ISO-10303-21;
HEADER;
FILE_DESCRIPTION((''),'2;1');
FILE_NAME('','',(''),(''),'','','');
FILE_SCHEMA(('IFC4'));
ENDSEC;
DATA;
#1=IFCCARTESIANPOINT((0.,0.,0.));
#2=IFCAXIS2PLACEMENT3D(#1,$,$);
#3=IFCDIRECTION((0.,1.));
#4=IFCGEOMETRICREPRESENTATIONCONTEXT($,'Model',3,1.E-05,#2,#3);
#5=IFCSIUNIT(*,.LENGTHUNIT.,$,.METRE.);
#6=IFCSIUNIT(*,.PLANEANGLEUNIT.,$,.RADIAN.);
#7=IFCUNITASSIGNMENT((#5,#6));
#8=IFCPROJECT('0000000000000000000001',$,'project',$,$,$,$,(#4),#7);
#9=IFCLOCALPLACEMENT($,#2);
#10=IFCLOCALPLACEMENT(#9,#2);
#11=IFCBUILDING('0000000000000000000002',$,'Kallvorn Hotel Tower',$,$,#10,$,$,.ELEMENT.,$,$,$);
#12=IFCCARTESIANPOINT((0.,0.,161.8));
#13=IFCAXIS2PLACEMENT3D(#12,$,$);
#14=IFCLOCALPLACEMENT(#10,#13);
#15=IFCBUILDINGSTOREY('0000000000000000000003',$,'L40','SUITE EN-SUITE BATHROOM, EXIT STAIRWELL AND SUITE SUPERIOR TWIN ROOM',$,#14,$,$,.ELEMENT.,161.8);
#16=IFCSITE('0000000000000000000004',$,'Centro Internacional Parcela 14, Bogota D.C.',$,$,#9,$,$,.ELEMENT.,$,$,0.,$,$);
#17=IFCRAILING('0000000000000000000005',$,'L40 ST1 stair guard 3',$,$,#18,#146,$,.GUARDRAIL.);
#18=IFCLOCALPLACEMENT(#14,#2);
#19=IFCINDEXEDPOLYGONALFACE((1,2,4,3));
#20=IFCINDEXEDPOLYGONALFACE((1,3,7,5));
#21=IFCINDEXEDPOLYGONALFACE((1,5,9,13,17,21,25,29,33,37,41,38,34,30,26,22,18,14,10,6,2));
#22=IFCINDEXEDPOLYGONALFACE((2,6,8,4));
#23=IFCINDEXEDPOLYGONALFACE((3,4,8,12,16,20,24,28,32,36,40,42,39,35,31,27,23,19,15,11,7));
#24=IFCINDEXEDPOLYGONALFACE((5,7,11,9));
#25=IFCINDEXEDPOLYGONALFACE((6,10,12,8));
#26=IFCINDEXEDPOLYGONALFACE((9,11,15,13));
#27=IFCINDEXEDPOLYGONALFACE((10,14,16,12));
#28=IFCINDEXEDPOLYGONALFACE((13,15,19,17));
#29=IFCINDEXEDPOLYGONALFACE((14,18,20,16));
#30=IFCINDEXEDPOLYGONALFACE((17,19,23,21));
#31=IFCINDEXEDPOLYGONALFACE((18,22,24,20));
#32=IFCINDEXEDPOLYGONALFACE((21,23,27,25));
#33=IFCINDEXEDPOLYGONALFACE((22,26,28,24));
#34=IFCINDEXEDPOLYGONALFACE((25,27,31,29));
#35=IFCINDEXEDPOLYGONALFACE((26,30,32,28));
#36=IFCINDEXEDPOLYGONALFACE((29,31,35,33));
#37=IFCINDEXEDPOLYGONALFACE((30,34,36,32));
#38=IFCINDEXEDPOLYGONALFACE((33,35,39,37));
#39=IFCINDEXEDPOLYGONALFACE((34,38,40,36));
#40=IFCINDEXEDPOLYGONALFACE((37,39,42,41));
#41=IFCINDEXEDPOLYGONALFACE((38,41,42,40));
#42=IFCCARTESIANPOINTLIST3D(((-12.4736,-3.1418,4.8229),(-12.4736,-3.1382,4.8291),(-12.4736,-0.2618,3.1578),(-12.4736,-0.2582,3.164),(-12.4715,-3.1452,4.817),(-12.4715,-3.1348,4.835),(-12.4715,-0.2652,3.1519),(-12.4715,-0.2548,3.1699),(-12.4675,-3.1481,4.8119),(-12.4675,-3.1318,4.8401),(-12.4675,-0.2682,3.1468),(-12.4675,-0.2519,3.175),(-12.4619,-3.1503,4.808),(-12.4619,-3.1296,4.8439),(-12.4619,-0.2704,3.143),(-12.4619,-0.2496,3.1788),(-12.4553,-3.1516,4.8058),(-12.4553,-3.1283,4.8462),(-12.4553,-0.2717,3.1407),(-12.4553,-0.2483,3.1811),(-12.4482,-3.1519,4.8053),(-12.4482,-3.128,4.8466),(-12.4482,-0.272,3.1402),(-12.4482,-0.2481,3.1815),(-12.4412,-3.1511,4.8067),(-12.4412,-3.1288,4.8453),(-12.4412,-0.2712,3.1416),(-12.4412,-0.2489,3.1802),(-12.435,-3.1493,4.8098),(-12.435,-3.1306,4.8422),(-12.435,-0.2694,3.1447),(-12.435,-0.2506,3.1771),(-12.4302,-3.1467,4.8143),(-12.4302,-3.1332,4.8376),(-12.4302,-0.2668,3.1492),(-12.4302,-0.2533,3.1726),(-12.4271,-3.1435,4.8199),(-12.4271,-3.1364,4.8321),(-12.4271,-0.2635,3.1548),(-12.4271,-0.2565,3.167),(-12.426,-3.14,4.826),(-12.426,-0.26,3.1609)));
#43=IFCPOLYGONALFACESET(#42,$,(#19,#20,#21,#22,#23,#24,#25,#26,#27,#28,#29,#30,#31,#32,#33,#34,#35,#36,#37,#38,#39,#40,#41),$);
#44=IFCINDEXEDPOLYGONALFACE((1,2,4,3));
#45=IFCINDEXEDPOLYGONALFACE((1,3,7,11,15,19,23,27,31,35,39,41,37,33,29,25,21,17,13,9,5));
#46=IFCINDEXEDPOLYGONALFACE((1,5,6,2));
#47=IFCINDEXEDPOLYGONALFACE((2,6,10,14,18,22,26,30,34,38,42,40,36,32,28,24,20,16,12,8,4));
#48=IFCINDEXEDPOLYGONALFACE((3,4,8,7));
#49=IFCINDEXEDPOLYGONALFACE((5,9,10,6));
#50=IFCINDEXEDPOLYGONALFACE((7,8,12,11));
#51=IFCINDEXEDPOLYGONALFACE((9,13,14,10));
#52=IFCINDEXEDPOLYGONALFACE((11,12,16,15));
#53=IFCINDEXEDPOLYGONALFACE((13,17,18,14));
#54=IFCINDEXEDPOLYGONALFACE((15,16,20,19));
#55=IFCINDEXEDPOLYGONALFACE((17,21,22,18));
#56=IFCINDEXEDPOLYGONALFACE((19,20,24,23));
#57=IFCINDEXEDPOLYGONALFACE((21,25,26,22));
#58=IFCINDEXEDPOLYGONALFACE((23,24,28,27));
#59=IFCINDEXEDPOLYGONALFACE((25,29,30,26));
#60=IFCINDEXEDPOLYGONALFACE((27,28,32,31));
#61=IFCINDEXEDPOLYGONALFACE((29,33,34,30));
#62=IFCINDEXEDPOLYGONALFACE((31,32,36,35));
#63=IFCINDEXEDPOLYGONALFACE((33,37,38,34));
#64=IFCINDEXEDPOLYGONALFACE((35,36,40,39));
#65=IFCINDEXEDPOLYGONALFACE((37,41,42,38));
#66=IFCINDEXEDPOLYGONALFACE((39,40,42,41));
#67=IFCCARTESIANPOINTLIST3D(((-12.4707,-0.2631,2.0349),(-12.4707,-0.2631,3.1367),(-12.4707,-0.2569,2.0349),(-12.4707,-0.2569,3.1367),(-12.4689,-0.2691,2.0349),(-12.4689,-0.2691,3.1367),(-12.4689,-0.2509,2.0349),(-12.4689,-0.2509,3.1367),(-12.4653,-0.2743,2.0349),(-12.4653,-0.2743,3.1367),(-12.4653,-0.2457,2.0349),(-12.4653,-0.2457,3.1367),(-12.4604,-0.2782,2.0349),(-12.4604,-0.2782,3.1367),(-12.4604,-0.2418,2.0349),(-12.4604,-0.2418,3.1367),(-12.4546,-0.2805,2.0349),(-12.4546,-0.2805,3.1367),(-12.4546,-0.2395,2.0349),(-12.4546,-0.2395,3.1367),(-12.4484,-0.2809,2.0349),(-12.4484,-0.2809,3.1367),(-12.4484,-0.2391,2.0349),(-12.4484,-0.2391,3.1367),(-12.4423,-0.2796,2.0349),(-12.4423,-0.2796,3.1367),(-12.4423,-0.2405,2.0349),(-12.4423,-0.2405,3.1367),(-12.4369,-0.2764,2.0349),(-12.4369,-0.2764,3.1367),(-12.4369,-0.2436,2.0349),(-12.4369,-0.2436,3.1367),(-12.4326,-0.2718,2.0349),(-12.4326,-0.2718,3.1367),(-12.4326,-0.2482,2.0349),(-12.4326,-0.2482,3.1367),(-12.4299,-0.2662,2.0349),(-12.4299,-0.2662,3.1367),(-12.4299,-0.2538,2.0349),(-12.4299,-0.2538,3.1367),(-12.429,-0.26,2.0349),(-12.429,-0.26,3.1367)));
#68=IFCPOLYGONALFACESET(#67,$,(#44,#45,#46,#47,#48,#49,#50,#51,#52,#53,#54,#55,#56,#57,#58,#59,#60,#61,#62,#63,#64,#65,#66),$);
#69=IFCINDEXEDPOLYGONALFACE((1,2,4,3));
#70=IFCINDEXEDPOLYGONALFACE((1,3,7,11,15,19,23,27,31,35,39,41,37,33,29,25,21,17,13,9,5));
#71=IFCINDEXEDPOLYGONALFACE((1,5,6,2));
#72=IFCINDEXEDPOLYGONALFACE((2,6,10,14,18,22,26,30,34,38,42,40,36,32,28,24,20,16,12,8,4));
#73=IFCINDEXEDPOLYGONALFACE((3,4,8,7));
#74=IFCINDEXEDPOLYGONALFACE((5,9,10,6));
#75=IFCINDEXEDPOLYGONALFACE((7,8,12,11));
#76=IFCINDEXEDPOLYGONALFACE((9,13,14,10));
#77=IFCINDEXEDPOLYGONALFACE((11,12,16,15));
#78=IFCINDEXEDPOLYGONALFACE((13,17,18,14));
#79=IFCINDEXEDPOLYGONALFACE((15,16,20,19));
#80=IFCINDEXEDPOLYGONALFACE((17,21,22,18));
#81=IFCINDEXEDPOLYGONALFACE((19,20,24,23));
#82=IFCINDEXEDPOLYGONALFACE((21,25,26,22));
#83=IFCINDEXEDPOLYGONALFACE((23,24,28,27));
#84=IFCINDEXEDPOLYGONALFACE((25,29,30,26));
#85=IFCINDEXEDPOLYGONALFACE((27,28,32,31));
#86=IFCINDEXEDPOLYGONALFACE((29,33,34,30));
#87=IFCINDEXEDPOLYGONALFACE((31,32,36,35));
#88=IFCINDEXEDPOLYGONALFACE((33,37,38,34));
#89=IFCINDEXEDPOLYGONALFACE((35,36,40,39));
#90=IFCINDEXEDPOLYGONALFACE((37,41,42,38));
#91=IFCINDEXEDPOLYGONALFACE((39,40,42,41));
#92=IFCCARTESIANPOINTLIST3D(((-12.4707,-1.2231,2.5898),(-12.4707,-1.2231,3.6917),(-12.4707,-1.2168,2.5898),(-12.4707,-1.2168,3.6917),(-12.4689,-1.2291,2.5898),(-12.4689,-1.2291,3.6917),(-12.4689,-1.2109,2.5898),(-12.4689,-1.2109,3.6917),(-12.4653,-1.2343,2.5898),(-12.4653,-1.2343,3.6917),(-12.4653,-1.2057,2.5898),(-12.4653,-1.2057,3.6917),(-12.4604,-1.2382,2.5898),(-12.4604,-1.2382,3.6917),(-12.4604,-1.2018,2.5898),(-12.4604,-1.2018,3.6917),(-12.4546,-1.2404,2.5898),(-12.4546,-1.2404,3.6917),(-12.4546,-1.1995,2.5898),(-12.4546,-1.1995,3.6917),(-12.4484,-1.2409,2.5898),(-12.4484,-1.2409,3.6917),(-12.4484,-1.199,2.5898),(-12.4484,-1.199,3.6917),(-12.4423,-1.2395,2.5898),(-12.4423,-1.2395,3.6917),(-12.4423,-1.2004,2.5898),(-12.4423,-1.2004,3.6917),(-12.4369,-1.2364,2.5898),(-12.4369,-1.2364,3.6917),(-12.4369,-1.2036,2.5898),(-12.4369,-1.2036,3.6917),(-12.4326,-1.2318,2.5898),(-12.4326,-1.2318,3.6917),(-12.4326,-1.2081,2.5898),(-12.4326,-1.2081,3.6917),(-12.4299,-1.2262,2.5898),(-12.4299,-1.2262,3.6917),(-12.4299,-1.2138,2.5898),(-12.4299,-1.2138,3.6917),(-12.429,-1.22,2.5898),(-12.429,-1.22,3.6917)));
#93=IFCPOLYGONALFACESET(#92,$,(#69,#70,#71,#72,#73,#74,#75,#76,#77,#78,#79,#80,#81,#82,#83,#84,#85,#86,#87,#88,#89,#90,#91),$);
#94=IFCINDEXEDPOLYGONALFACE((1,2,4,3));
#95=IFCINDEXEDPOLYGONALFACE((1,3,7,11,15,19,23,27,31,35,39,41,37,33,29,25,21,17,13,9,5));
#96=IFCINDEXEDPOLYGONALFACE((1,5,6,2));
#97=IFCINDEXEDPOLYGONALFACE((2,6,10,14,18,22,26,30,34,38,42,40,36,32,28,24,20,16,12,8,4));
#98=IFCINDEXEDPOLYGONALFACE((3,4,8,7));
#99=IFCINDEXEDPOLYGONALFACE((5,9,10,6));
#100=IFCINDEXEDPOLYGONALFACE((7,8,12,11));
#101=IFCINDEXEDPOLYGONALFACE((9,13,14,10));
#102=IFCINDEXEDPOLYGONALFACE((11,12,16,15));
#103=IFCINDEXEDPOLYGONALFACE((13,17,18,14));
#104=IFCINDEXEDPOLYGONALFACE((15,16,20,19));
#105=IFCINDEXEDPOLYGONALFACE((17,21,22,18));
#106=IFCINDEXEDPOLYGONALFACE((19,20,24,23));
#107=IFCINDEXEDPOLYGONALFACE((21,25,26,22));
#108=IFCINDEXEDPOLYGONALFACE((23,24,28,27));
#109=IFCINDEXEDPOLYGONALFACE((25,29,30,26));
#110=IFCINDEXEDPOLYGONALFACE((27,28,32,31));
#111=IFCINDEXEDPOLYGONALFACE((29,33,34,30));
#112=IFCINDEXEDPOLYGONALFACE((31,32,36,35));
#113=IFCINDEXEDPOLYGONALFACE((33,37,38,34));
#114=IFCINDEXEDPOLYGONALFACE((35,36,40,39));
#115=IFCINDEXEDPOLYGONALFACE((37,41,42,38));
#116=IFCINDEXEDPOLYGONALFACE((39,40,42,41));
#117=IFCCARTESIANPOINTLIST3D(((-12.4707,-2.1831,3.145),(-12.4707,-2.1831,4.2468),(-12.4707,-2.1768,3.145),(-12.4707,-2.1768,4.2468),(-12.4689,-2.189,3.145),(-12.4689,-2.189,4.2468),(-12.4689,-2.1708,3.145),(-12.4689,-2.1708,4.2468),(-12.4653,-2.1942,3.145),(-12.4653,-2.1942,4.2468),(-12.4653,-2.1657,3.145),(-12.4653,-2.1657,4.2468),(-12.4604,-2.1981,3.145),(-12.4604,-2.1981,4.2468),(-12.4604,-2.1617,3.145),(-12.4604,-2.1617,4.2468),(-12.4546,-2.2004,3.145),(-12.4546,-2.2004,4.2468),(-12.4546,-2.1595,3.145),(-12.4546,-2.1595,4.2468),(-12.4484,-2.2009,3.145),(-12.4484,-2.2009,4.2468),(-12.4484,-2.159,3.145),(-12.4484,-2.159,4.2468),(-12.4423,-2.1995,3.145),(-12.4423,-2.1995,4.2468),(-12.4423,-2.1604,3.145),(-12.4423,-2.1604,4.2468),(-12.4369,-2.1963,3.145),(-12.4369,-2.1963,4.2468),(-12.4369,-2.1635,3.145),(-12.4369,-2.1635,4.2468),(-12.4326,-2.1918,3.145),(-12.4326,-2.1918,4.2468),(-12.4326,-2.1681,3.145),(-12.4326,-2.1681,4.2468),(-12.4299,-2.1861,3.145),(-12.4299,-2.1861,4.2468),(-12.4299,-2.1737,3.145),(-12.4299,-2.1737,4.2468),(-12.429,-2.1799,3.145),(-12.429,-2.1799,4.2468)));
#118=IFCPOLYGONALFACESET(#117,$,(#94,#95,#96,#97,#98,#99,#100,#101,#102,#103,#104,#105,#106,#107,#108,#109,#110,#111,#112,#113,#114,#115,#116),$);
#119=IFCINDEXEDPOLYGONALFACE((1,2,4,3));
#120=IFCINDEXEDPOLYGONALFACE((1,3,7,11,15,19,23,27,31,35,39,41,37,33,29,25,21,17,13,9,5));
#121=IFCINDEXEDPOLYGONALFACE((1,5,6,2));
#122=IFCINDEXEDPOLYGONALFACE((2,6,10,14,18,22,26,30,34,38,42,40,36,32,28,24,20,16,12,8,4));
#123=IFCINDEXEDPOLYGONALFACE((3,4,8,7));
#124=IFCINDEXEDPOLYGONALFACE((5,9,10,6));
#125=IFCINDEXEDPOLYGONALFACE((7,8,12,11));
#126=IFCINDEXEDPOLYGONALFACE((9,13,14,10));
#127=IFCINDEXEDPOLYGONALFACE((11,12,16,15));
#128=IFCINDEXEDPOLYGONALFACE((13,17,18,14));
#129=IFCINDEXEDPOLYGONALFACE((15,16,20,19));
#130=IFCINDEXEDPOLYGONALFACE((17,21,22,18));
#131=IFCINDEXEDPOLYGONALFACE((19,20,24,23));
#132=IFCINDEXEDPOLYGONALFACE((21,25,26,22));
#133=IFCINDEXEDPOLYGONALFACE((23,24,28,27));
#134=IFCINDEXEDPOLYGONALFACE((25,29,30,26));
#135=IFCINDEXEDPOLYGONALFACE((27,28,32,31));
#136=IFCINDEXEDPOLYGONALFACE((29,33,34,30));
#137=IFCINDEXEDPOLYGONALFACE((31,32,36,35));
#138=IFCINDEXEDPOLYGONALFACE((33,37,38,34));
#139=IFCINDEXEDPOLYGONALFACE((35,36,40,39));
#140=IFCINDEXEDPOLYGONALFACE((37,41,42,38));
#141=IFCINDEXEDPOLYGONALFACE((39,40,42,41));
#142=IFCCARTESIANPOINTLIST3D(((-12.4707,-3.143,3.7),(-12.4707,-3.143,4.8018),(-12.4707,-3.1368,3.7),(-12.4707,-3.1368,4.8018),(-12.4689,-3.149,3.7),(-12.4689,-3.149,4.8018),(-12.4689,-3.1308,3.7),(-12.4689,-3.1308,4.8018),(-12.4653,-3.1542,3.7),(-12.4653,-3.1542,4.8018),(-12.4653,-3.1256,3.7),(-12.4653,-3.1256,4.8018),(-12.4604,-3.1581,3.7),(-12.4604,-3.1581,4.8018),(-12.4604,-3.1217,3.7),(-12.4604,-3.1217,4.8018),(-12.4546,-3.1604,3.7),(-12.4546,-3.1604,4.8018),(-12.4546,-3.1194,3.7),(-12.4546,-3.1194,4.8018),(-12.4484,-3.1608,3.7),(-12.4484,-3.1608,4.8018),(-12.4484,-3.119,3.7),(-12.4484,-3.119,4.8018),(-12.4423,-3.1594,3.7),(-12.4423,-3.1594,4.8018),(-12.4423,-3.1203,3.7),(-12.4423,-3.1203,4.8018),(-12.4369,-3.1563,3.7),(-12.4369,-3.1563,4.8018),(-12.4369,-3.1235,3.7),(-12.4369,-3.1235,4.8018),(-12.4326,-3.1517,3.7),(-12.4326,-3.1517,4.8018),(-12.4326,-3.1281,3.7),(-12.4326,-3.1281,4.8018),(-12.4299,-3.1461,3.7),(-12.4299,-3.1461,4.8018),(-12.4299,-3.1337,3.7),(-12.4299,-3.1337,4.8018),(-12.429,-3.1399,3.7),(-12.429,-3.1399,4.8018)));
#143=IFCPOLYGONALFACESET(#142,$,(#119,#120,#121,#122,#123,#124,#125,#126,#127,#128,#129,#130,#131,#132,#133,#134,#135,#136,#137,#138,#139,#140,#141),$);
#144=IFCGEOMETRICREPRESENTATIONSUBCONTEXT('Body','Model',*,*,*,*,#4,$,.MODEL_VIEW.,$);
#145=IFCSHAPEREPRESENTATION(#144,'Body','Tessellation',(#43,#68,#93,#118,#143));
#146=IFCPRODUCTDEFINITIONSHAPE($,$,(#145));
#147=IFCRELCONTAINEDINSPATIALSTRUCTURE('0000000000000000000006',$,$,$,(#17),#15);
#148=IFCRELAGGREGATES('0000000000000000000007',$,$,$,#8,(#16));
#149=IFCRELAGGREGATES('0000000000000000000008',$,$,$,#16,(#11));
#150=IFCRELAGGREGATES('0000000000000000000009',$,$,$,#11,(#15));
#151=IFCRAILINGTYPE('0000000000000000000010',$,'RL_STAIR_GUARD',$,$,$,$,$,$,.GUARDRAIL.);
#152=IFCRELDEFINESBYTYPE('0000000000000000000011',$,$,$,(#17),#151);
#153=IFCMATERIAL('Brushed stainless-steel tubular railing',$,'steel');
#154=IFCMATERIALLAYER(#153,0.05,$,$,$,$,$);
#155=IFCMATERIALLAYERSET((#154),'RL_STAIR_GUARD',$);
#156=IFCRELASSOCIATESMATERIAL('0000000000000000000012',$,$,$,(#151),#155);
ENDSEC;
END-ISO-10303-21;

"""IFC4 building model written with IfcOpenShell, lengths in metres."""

from ifc_helpers import new_model, si_unit, direction, frame, origin, origin_2d, place, context, subcontext, project, spatial, circle, extrude, material, layer, layer_set, type_object, element, save


model = new_model("IFC4")

# Units and contexts
model_context = context("Model", 3, precision=1e-05, world=origin(), true_north=direction((0.0, 1.0)))
body_context = subcontext(model_context, "Body", "Model", "MODEL_VIEW")
ifc_project = project(units=[si_unit("LENGTHUNIT", "METRE"), si_unit("PLANEANGLEUNIT", "RADIAN")], contexts=[model_context])

# Site, building, storey
site_placement = place(None, origin())
site = spatial("IfcSite", under=ifc_project, at=site_placement, Name="Centro Internacional Parcela 14, Bogota D.C.", CompositionType="ELEMENT", RefElevation=0.0)
building_placement = place(site_placement, origin())
building = spatial("IfcBuilding", under=site, at=building_placement, Name="Kallvorn Hotel Tower", CompositionType="ELEMENT")
storey_placement = place(building_placement, frame((0.0, 0.0, 161.8)))
storey = spatial("IfcBuildingStorey", under=building, at=storey_placement, Name="L40", Description="SUITE EN-SUITE BATHROOM, EXIT STAIRWELL AND SUITE SUPERIOR TWIN ROOM", CompositionType="ELEMENT", Elevation=161.8)

# Railing
ifc_material_1 = material(Name="Brushed stainless-steel tubular railing", Category="steel")
ifc_layer_1 = layer(ifc_material_1, 0.05)
ifc_layer_set_1 = layer_set([ifc_layer_1], Name="RL_STAIR_GUARD")
railing_type_1 = type_object("IfcRailingType", Name="RL_STAIR_GUARD", PredefinedType="GUARDRAIL", material=ifc_layer_set_1)
railing_1_placement = place(storey_placement, frame((-12.45, -0.26, 2.0349)))
element("IfcRailing", 1, at=railing_1_placement, inside=storey, type_object=railing_type_1, Name="L40 ST1 stair guard 3", PredefinedType="GUARDRAIL", context=body_context, shape_type="SweptSolid", body=[
    extrude(circle(Radius=0.0239, at=origin_2d()), frame((0.0, 0.0, 1.126), z_axis=(0.0, -0.865721, 0.500527), x_axis=(1.0, 0.0, 0.0)), (0.0, 0.0, 1.0), 3.3267),
    extrude(circle(Radius=0.021, at=origin_2d()), origin(), (0.0, 0.0, 1.0), 1.1018),
    extrude(circle(Radius=0.021, at=origin_2d()), frame((0.0, -0.96, 0.5549)), (0.0, 0.0, 1.0), 1.1018),
    extrude(circle(Radius=0.021, at=origin_2d()), frame((0.0, -1.9199, 1.1101)), (0.0, 0.0, 1.0), 1.1018),
    extrude(circle(Radius=0.021, at=origin_2d()), frame((0.0, -2.8799, 1.665)), (0.0, 0.0, 1.0), 1.1018),
])

save(model, "model.ifc")
